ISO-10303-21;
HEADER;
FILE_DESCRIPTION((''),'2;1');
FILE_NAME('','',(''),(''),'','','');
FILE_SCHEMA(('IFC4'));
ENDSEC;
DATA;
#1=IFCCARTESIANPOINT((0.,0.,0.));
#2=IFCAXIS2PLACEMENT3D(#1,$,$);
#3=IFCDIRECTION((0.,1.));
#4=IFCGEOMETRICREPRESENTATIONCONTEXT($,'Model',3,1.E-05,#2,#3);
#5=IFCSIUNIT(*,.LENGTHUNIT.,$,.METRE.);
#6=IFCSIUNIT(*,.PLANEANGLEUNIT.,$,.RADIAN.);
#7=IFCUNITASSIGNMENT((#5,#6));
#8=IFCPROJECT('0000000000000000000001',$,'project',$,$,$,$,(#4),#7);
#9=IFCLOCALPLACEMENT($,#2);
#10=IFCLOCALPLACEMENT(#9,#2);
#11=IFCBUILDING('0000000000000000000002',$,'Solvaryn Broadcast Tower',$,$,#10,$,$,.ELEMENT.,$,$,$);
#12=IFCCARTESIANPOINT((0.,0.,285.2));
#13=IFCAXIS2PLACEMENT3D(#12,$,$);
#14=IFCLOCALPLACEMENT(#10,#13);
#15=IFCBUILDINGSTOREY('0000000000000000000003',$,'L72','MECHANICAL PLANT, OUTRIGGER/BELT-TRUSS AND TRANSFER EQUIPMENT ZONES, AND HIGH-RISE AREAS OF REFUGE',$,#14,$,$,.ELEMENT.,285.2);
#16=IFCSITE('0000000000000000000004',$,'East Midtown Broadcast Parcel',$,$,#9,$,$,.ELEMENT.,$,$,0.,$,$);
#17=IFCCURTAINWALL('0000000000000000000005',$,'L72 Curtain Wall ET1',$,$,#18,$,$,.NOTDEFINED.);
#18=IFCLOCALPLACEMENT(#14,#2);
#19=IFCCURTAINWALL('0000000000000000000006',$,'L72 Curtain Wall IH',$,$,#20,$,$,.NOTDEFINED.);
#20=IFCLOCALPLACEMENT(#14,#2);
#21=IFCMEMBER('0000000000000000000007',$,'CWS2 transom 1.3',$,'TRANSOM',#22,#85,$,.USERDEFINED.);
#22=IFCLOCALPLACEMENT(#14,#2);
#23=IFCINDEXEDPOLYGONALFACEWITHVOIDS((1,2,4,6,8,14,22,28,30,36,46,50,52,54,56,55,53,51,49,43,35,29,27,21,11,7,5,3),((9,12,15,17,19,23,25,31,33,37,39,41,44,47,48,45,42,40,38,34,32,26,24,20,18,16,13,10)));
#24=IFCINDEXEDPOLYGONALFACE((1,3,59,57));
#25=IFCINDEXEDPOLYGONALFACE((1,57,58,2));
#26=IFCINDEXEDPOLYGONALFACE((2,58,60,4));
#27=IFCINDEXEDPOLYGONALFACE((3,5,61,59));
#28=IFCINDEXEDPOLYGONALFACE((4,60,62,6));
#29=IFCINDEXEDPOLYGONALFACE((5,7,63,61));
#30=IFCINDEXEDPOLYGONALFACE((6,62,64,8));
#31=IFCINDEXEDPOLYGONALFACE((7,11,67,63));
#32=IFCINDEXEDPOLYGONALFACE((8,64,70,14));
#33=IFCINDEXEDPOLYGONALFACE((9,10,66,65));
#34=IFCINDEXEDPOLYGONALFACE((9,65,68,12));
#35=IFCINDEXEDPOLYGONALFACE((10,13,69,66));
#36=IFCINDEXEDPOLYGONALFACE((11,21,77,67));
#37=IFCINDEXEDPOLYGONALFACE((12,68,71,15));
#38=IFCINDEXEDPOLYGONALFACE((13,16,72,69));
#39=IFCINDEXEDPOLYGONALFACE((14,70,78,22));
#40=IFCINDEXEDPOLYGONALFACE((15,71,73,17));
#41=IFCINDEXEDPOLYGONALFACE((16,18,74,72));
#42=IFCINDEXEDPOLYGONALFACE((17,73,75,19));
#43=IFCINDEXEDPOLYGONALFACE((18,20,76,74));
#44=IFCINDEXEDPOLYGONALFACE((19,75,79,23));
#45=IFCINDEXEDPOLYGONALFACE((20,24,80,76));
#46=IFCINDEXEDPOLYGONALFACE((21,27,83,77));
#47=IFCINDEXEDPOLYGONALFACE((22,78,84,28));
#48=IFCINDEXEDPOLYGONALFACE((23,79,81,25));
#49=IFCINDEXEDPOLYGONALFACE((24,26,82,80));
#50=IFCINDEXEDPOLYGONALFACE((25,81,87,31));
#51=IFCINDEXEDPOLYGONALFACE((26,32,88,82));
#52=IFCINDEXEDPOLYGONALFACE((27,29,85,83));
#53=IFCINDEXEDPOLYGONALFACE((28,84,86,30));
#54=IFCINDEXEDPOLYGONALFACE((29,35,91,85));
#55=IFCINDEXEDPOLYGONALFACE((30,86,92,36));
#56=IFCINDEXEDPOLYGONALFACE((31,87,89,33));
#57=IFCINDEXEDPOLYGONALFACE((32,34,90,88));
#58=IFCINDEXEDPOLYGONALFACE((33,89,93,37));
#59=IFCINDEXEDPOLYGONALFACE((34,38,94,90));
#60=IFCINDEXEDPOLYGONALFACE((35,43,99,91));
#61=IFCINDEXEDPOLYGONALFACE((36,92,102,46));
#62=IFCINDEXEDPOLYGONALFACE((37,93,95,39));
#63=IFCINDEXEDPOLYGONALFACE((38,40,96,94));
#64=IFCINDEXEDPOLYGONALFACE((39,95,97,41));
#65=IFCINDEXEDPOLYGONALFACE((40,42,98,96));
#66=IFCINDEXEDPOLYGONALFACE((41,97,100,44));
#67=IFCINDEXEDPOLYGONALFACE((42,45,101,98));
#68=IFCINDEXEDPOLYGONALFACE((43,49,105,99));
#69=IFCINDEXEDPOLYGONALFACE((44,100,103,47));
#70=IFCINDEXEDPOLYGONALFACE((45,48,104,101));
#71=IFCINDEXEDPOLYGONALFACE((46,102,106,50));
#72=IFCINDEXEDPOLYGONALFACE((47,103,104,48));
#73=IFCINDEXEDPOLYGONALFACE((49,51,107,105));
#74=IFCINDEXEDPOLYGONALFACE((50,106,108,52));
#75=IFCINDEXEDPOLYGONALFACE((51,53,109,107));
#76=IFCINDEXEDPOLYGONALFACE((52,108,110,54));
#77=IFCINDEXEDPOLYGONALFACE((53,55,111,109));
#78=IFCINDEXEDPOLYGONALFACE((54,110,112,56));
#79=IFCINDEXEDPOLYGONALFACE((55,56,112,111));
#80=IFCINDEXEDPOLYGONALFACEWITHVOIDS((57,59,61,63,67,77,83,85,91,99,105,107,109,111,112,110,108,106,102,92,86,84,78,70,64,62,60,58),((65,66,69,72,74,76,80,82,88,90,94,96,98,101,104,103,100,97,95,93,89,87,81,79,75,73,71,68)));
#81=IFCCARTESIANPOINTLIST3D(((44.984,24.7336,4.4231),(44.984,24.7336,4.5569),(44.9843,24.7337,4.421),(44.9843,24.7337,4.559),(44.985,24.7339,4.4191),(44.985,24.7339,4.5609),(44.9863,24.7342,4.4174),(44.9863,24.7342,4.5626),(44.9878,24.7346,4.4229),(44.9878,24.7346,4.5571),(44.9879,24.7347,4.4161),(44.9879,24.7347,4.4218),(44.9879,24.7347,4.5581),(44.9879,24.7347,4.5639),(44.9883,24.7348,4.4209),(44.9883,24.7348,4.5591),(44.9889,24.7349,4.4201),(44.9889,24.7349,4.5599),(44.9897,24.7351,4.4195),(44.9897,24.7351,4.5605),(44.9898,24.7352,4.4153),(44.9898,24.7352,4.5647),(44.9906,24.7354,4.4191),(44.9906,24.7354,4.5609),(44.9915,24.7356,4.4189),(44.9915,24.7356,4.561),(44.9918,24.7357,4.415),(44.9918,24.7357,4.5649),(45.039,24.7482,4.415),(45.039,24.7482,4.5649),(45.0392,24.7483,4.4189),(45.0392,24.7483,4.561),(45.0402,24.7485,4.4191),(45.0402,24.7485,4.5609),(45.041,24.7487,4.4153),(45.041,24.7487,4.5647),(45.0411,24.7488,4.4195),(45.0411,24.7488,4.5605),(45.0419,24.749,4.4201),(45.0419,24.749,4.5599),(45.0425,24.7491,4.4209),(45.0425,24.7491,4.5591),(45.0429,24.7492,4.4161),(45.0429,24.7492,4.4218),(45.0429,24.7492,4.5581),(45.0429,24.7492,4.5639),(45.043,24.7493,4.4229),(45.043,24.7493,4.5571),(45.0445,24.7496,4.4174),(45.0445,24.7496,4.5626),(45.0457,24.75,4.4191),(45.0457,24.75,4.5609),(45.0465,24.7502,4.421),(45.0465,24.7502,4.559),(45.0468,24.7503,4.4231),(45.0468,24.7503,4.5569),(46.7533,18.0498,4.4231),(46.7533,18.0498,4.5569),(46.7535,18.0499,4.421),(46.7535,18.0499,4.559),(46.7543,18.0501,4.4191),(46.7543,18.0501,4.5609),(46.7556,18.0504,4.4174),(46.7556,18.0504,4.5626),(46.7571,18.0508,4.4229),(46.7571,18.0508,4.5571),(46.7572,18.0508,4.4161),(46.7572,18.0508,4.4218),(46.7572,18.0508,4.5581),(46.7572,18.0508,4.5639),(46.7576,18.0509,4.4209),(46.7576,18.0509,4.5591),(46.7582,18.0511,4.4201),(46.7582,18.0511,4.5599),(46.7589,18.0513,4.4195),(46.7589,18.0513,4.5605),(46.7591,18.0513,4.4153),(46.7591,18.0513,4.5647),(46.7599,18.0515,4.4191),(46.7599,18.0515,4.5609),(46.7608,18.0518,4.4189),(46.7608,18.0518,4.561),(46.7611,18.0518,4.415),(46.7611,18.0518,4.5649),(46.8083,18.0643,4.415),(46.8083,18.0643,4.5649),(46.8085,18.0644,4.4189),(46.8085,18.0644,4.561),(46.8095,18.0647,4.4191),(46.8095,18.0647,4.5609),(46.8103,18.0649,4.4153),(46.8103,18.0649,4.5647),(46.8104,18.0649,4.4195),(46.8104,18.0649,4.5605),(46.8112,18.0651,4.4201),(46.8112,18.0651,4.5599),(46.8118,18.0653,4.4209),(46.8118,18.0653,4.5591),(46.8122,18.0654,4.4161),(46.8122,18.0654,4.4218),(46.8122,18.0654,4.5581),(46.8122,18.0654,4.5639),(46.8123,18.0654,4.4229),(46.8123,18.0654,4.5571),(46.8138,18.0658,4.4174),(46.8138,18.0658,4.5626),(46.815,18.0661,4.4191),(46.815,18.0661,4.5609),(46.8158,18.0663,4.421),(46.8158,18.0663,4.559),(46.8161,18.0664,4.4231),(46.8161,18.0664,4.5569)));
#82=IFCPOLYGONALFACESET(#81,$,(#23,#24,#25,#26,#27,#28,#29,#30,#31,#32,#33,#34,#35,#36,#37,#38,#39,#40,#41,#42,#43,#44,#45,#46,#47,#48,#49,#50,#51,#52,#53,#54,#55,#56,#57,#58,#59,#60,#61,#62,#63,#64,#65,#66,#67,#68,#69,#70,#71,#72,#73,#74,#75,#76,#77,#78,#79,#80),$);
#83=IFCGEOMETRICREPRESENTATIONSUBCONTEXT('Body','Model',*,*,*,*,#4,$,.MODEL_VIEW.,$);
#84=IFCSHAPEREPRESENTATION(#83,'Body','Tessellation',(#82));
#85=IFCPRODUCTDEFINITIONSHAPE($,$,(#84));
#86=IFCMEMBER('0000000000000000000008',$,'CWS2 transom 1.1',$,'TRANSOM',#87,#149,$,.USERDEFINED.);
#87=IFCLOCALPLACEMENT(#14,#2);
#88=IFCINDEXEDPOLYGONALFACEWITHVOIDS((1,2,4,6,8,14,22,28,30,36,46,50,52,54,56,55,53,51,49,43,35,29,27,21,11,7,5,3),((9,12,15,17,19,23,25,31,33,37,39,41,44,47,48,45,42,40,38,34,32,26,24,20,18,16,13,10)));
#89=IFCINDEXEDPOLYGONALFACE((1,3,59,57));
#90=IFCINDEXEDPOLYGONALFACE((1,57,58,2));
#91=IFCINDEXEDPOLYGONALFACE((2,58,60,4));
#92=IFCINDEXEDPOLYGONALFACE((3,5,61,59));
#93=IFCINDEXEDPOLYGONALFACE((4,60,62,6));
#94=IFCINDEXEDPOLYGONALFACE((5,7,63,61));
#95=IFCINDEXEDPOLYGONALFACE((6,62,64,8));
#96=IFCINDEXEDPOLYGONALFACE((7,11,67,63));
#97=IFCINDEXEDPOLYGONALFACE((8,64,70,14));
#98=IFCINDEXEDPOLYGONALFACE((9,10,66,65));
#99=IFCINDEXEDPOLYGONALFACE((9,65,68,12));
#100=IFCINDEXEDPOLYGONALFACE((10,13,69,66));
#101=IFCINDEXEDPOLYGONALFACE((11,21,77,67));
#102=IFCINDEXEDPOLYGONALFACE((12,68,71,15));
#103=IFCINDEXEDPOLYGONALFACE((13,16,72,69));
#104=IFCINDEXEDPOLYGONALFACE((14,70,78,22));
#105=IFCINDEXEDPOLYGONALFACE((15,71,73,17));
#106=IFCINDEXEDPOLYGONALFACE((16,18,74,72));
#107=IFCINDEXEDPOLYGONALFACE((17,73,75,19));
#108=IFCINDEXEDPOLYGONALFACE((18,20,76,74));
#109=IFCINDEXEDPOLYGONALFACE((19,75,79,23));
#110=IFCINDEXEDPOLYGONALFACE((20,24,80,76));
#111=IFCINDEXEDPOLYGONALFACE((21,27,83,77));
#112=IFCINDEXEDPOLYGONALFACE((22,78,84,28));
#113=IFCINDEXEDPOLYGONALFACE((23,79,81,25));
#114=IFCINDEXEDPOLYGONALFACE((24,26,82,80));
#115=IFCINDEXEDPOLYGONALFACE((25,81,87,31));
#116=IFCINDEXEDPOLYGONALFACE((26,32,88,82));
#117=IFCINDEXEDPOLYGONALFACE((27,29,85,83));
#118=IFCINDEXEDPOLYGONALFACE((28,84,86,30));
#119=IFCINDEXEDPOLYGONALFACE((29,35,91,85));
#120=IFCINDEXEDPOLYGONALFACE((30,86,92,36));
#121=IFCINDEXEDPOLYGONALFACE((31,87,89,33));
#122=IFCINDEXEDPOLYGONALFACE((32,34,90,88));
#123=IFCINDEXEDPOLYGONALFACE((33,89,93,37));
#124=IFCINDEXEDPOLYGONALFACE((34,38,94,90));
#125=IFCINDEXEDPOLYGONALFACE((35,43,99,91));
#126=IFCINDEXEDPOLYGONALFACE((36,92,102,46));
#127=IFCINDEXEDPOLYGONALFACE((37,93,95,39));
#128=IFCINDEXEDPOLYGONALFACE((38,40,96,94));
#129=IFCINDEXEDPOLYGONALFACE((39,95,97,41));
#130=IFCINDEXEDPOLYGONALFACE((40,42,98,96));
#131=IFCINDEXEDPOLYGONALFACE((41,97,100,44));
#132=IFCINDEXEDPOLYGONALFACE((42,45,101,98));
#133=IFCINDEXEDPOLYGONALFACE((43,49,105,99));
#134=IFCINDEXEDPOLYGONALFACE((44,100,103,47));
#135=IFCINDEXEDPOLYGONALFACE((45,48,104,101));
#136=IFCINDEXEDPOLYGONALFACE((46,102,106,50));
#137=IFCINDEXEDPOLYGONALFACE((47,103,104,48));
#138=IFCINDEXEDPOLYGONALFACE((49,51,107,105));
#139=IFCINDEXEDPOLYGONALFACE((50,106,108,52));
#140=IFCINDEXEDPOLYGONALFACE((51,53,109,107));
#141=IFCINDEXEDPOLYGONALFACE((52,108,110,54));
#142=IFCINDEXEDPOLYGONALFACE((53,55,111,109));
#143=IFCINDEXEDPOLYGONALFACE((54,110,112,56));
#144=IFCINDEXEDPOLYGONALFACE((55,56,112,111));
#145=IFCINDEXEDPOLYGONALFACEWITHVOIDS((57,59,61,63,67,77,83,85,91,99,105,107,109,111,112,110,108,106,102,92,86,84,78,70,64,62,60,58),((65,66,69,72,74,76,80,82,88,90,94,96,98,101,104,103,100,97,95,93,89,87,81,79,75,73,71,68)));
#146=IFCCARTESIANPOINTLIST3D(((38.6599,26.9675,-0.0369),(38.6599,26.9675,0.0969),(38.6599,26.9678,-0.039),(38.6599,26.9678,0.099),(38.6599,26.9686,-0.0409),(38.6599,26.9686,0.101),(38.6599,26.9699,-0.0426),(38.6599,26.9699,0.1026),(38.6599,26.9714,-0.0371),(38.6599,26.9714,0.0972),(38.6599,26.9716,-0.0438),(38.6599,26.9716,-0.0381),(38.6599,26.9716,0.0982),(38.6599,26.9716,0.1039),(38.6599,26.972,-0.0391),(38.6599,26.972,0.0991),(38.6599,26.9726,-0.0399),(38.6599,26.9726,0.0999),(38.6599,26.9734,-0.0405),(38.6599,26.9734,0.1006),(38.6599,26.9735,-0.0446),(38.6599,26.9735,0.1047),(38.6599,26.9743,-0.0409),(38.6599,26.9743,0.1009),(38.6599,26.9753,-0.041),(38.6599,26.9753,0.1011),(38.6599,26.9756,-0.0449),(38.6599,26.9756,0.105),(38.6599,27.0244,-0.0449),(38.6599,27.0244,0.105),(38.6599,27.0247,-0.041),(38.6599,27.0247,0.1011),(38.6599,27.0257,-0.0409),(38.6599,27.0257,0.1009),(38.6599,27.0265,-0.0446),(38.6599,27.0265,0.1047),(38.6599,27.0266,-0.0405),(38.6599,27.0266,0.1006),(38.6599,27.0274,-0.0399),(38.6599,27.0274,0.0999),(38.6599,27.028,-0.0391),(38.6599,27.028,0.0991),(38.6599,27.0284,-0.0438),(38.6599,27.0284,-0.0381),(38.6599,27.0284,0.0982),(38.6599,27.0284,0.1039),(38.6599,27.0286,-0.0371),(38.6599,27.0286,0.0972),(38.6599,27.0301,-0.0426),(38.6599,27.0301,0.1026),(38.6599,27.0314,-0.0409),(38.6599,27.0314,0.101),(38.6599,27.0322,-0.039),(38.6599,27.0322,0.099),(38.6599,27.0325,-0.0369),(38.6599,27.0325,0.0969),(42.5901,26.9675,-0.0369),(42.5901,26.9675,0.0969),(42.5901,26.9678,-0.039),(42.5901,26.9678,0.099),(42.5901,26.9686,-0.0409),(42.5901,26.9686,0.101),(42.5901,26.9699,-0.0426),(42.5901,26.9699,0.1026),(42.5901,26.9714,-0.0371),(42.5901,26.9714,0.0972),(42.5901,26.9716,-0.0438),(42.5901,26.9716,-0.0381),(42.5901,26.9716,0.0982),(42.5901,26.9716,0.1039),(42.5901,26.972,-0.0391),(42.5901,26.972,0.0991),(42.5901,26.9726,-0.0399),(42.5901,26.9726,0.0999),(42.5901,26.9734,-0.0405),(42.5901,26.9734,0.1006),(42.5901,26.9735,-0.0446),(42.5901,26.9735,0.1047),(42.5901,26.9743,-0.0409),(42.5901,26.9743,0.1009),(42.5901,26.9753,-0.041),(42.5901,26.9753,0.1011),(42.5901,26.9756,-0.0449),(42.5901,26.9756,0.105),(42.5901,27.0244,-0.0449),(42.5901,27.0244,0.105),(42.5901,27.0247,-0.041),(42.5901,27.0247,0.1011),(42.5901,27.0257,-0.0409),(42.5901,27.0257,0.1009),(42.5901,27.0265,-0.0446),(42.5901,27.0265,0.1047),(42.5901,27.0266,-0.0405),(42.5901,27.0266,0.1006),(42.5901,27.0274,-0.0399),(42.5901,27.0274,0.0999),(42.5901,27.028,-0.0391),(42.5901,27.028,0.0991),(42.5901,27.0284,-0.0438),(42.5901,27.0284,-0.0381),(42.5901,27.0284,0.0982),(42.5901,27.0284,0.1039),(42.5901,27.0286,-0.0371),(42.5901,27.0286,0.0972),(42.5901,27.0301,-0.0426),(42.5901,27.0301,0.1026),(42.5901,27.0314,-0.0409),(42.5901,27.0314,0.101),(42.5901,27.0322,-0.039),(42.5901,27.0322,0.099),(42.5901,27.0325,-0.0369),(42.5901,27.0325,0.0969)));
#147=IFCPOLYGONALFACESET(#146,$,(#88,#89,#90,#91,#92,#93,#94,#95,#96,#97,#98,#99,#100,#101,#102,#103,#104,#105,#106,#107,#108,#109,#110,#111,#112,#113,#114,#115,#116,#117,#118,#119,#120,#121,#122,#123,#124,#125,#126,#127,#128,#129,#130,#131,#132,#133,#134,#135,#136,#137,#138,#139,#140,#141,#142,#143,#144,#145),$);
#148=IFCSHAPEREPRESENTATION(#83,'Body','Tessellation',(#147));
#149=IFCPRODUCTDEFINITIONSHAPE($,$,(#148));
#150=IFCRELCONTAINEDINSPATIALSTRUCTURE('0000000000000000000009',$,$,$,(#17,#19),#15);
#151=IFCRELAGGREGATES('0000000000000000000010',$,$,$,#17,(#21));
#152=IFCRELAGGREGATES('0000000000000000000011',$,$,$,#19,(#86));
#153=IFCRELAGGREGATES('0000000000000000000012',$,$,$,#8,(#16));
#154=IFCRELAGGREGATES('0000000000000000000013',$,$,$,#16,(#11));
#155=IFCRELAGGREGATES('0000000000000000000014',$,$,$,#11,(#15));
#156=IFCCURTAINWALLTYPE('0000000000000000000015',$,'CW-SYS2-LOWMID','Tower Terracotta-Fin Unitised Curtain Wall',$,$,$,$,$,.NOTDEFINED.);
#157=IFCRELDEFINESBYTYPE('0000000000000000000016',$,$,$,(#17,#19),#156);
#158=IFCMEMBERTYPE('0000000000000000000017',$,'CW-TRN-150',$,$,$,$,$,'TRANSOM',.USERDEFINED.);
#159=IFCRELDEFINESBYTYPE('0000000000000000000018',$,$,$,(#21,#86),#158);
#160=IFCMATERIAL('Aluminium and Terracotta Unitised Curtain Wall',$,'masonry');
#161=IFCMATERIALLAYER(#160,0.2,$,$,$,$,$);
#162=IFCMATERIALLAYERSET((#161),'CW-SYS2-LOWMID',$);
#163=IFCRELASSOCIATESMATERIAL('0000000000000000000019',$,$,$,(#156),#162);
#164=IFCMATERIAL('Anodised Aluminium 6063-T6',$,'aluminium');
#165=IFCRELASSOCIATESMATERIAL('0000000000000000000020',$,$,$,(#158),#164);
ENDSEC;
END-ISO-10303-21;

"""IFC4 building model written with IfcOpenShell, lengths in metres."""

from ifc_helpers import new_model, si_unit, direction, frame, origin, origin_2d, place, context, subcontext, project, spatial, hollow_rectangle, extrude, material, layer, layer_set, material_profile, profile_set, type_object, element, aggregate, save


model = new_model("IFC4")

# Units and contexts
model_context = context("Model", 3, precision=1e-05, world=origin(), true_north=direction((0.0, 1.0)))
body_context = subcontext(model_context, "Body", "Model", "MODEL_VIEW")
ifc_project = project(units=[si_unit("LENGTHUNIT", "METRE"), si_unit("PLANEANGLEUNIT", "RADIAN")], contexts=[model_context])

# Site, building, storey
site_placement = place(None, origin())
site = spatial("IfcSite", under=ifc_project, at=site_placement, Name="East Midtown Broadcast Parcel", CompositionType="ELEMENT", RefElevation=0.0)
building_placement = place(site_placement, origin())
building = spatial("IfcBuilding", under=site, at=building_placement, Name="Solvaryn Broadcast Tower", CompositionType="ELEMENT")
storey_placement = place(building_placement, frame((0.0, 0.0, 285.2)))
storey = spatial("IfcBuildingStorey", under=building, at=storey_placement, Name="L72", Description="MECHANICAL PLANT, OUTRIGGER/BELT-TRUSS AND TRANSFER EQUIPMENT ZONES, AND HIGH-RISE AREAS OF REFUGE", CompositionType="ELEMENT", Elevation=285.2)

# Curtain wall
ifc_material_1 = material(Name="Aluminium and Terracotta Unitised Curtain Wall", Category="masonry")
ifc_layer_1 = layer(ifc_material_1, 0.2)
ifc_layer_set_1 = layer_set([ifc_layer_1], Name="CW-SYS2-LOWMID")
curtain_wall_type = type_object("IfcCurtainWallType", Name="CW-SYS2-LOWMID", Description="Tower Terracotta-Fin Unitised Curtain Wall", PredefinedType="NOTDEFINED", material=ifc_layer_set_1)
curtain_wall_1_placement = place(storey_placement, origin())
curtain_wall_1 = element("IfcCurtainWall", 1, at=curtain_wall_1_placement, inside=storey, type_object=curtain_wall_type, Name="L72 Curtain Wall ET1", PredefinedType="NOTDEFINED")

# Curtain wall
curtain_wall_2_placement = place(storey_placement, origin())
curtain_wall_2 = element("IfcCurtainWall", 2, at=curtain_wall_2_placement, inside=storey, type_object=curtain_wall_type, Name="L72 Curtain Wall IH", PredefinedType="NOTDEFINED")

# Members
ifc_material_2 = material(Name="Anodised Aluminium 6063-T6", Category="aluminium")
ifc_material_profile_1 = material_profile(ifc_material_2, hollow_rectangle(XDim=0.0649, YDim=0.1499, WallThickness=0.0039, InnerFilletRadius=0.0039, OuterFilletRadius=0.0081, at=origin_2d()))
ifc_profile_set_1 = profile_set([ifc_material_profile_1], Name="Anodised Aluminium 6063-T6")
member_type_1 = type_object("IfcMemberType", Name="CW-TRN-150", ElementType="TRANSOM", PredefinedType="USERDEFINED", material=ifc_profile_set_1)
member_1_placement = place(storey_placement, frame((45.0154, 24.7419, 4.49), z_axis=(0.255897, -0.966704, 0.0), x_axis=(0.966704, 0.255897, 0.0)))
member_1 = element("IfcMember", 3, at=member_1_placement, type_object=member_type_1, Name="CWS2 transom 1.3", ObjectType="TRANSOM", PredefinedType="USERDEFINED", context=body_context, shape_type="SweptSolid", body=[
    extrude(hollow_rectangle(XDim=0.0649, YDim=0.1499, WallThickness=0.0039, InnerFilletRadius=0.0039, OuterFilletRadius=0.0081, at=origin_2d()), origin(), (0.0, 0.0, 1.0), 6.9141),
])
member_2_placement = place(storey_placement, frame((38.6599, 27.0, 0.03), z_axis=(1.0, 0.0, 0.0), x_axis=(0.0, 1.0, 0.0)))
member_2 = element("IfcMember", 4, at=member_2_placement, type_object=member_type_1, Name="CWS2 transom 1.1", ObjectType="TRANSOM", PredefinedType="USERDEFINED", context=body_context, shape_type="SweptSolid", body=[
    extrude(hollow_rectangle(XDim=0.0649, YDim=0.1499, WallThickness=0.0039, InnerFilletRadius=0.0039, OuterFilletRadius=0.0081, at=origin_2d()), origin(), (0.0, 0.0, 1.0), 3.9302),
])

aggregate(curtain_wall_1, [member_1])
aggregate(curtain_wall_2, [member_2])

save(model, "model.ifc")
